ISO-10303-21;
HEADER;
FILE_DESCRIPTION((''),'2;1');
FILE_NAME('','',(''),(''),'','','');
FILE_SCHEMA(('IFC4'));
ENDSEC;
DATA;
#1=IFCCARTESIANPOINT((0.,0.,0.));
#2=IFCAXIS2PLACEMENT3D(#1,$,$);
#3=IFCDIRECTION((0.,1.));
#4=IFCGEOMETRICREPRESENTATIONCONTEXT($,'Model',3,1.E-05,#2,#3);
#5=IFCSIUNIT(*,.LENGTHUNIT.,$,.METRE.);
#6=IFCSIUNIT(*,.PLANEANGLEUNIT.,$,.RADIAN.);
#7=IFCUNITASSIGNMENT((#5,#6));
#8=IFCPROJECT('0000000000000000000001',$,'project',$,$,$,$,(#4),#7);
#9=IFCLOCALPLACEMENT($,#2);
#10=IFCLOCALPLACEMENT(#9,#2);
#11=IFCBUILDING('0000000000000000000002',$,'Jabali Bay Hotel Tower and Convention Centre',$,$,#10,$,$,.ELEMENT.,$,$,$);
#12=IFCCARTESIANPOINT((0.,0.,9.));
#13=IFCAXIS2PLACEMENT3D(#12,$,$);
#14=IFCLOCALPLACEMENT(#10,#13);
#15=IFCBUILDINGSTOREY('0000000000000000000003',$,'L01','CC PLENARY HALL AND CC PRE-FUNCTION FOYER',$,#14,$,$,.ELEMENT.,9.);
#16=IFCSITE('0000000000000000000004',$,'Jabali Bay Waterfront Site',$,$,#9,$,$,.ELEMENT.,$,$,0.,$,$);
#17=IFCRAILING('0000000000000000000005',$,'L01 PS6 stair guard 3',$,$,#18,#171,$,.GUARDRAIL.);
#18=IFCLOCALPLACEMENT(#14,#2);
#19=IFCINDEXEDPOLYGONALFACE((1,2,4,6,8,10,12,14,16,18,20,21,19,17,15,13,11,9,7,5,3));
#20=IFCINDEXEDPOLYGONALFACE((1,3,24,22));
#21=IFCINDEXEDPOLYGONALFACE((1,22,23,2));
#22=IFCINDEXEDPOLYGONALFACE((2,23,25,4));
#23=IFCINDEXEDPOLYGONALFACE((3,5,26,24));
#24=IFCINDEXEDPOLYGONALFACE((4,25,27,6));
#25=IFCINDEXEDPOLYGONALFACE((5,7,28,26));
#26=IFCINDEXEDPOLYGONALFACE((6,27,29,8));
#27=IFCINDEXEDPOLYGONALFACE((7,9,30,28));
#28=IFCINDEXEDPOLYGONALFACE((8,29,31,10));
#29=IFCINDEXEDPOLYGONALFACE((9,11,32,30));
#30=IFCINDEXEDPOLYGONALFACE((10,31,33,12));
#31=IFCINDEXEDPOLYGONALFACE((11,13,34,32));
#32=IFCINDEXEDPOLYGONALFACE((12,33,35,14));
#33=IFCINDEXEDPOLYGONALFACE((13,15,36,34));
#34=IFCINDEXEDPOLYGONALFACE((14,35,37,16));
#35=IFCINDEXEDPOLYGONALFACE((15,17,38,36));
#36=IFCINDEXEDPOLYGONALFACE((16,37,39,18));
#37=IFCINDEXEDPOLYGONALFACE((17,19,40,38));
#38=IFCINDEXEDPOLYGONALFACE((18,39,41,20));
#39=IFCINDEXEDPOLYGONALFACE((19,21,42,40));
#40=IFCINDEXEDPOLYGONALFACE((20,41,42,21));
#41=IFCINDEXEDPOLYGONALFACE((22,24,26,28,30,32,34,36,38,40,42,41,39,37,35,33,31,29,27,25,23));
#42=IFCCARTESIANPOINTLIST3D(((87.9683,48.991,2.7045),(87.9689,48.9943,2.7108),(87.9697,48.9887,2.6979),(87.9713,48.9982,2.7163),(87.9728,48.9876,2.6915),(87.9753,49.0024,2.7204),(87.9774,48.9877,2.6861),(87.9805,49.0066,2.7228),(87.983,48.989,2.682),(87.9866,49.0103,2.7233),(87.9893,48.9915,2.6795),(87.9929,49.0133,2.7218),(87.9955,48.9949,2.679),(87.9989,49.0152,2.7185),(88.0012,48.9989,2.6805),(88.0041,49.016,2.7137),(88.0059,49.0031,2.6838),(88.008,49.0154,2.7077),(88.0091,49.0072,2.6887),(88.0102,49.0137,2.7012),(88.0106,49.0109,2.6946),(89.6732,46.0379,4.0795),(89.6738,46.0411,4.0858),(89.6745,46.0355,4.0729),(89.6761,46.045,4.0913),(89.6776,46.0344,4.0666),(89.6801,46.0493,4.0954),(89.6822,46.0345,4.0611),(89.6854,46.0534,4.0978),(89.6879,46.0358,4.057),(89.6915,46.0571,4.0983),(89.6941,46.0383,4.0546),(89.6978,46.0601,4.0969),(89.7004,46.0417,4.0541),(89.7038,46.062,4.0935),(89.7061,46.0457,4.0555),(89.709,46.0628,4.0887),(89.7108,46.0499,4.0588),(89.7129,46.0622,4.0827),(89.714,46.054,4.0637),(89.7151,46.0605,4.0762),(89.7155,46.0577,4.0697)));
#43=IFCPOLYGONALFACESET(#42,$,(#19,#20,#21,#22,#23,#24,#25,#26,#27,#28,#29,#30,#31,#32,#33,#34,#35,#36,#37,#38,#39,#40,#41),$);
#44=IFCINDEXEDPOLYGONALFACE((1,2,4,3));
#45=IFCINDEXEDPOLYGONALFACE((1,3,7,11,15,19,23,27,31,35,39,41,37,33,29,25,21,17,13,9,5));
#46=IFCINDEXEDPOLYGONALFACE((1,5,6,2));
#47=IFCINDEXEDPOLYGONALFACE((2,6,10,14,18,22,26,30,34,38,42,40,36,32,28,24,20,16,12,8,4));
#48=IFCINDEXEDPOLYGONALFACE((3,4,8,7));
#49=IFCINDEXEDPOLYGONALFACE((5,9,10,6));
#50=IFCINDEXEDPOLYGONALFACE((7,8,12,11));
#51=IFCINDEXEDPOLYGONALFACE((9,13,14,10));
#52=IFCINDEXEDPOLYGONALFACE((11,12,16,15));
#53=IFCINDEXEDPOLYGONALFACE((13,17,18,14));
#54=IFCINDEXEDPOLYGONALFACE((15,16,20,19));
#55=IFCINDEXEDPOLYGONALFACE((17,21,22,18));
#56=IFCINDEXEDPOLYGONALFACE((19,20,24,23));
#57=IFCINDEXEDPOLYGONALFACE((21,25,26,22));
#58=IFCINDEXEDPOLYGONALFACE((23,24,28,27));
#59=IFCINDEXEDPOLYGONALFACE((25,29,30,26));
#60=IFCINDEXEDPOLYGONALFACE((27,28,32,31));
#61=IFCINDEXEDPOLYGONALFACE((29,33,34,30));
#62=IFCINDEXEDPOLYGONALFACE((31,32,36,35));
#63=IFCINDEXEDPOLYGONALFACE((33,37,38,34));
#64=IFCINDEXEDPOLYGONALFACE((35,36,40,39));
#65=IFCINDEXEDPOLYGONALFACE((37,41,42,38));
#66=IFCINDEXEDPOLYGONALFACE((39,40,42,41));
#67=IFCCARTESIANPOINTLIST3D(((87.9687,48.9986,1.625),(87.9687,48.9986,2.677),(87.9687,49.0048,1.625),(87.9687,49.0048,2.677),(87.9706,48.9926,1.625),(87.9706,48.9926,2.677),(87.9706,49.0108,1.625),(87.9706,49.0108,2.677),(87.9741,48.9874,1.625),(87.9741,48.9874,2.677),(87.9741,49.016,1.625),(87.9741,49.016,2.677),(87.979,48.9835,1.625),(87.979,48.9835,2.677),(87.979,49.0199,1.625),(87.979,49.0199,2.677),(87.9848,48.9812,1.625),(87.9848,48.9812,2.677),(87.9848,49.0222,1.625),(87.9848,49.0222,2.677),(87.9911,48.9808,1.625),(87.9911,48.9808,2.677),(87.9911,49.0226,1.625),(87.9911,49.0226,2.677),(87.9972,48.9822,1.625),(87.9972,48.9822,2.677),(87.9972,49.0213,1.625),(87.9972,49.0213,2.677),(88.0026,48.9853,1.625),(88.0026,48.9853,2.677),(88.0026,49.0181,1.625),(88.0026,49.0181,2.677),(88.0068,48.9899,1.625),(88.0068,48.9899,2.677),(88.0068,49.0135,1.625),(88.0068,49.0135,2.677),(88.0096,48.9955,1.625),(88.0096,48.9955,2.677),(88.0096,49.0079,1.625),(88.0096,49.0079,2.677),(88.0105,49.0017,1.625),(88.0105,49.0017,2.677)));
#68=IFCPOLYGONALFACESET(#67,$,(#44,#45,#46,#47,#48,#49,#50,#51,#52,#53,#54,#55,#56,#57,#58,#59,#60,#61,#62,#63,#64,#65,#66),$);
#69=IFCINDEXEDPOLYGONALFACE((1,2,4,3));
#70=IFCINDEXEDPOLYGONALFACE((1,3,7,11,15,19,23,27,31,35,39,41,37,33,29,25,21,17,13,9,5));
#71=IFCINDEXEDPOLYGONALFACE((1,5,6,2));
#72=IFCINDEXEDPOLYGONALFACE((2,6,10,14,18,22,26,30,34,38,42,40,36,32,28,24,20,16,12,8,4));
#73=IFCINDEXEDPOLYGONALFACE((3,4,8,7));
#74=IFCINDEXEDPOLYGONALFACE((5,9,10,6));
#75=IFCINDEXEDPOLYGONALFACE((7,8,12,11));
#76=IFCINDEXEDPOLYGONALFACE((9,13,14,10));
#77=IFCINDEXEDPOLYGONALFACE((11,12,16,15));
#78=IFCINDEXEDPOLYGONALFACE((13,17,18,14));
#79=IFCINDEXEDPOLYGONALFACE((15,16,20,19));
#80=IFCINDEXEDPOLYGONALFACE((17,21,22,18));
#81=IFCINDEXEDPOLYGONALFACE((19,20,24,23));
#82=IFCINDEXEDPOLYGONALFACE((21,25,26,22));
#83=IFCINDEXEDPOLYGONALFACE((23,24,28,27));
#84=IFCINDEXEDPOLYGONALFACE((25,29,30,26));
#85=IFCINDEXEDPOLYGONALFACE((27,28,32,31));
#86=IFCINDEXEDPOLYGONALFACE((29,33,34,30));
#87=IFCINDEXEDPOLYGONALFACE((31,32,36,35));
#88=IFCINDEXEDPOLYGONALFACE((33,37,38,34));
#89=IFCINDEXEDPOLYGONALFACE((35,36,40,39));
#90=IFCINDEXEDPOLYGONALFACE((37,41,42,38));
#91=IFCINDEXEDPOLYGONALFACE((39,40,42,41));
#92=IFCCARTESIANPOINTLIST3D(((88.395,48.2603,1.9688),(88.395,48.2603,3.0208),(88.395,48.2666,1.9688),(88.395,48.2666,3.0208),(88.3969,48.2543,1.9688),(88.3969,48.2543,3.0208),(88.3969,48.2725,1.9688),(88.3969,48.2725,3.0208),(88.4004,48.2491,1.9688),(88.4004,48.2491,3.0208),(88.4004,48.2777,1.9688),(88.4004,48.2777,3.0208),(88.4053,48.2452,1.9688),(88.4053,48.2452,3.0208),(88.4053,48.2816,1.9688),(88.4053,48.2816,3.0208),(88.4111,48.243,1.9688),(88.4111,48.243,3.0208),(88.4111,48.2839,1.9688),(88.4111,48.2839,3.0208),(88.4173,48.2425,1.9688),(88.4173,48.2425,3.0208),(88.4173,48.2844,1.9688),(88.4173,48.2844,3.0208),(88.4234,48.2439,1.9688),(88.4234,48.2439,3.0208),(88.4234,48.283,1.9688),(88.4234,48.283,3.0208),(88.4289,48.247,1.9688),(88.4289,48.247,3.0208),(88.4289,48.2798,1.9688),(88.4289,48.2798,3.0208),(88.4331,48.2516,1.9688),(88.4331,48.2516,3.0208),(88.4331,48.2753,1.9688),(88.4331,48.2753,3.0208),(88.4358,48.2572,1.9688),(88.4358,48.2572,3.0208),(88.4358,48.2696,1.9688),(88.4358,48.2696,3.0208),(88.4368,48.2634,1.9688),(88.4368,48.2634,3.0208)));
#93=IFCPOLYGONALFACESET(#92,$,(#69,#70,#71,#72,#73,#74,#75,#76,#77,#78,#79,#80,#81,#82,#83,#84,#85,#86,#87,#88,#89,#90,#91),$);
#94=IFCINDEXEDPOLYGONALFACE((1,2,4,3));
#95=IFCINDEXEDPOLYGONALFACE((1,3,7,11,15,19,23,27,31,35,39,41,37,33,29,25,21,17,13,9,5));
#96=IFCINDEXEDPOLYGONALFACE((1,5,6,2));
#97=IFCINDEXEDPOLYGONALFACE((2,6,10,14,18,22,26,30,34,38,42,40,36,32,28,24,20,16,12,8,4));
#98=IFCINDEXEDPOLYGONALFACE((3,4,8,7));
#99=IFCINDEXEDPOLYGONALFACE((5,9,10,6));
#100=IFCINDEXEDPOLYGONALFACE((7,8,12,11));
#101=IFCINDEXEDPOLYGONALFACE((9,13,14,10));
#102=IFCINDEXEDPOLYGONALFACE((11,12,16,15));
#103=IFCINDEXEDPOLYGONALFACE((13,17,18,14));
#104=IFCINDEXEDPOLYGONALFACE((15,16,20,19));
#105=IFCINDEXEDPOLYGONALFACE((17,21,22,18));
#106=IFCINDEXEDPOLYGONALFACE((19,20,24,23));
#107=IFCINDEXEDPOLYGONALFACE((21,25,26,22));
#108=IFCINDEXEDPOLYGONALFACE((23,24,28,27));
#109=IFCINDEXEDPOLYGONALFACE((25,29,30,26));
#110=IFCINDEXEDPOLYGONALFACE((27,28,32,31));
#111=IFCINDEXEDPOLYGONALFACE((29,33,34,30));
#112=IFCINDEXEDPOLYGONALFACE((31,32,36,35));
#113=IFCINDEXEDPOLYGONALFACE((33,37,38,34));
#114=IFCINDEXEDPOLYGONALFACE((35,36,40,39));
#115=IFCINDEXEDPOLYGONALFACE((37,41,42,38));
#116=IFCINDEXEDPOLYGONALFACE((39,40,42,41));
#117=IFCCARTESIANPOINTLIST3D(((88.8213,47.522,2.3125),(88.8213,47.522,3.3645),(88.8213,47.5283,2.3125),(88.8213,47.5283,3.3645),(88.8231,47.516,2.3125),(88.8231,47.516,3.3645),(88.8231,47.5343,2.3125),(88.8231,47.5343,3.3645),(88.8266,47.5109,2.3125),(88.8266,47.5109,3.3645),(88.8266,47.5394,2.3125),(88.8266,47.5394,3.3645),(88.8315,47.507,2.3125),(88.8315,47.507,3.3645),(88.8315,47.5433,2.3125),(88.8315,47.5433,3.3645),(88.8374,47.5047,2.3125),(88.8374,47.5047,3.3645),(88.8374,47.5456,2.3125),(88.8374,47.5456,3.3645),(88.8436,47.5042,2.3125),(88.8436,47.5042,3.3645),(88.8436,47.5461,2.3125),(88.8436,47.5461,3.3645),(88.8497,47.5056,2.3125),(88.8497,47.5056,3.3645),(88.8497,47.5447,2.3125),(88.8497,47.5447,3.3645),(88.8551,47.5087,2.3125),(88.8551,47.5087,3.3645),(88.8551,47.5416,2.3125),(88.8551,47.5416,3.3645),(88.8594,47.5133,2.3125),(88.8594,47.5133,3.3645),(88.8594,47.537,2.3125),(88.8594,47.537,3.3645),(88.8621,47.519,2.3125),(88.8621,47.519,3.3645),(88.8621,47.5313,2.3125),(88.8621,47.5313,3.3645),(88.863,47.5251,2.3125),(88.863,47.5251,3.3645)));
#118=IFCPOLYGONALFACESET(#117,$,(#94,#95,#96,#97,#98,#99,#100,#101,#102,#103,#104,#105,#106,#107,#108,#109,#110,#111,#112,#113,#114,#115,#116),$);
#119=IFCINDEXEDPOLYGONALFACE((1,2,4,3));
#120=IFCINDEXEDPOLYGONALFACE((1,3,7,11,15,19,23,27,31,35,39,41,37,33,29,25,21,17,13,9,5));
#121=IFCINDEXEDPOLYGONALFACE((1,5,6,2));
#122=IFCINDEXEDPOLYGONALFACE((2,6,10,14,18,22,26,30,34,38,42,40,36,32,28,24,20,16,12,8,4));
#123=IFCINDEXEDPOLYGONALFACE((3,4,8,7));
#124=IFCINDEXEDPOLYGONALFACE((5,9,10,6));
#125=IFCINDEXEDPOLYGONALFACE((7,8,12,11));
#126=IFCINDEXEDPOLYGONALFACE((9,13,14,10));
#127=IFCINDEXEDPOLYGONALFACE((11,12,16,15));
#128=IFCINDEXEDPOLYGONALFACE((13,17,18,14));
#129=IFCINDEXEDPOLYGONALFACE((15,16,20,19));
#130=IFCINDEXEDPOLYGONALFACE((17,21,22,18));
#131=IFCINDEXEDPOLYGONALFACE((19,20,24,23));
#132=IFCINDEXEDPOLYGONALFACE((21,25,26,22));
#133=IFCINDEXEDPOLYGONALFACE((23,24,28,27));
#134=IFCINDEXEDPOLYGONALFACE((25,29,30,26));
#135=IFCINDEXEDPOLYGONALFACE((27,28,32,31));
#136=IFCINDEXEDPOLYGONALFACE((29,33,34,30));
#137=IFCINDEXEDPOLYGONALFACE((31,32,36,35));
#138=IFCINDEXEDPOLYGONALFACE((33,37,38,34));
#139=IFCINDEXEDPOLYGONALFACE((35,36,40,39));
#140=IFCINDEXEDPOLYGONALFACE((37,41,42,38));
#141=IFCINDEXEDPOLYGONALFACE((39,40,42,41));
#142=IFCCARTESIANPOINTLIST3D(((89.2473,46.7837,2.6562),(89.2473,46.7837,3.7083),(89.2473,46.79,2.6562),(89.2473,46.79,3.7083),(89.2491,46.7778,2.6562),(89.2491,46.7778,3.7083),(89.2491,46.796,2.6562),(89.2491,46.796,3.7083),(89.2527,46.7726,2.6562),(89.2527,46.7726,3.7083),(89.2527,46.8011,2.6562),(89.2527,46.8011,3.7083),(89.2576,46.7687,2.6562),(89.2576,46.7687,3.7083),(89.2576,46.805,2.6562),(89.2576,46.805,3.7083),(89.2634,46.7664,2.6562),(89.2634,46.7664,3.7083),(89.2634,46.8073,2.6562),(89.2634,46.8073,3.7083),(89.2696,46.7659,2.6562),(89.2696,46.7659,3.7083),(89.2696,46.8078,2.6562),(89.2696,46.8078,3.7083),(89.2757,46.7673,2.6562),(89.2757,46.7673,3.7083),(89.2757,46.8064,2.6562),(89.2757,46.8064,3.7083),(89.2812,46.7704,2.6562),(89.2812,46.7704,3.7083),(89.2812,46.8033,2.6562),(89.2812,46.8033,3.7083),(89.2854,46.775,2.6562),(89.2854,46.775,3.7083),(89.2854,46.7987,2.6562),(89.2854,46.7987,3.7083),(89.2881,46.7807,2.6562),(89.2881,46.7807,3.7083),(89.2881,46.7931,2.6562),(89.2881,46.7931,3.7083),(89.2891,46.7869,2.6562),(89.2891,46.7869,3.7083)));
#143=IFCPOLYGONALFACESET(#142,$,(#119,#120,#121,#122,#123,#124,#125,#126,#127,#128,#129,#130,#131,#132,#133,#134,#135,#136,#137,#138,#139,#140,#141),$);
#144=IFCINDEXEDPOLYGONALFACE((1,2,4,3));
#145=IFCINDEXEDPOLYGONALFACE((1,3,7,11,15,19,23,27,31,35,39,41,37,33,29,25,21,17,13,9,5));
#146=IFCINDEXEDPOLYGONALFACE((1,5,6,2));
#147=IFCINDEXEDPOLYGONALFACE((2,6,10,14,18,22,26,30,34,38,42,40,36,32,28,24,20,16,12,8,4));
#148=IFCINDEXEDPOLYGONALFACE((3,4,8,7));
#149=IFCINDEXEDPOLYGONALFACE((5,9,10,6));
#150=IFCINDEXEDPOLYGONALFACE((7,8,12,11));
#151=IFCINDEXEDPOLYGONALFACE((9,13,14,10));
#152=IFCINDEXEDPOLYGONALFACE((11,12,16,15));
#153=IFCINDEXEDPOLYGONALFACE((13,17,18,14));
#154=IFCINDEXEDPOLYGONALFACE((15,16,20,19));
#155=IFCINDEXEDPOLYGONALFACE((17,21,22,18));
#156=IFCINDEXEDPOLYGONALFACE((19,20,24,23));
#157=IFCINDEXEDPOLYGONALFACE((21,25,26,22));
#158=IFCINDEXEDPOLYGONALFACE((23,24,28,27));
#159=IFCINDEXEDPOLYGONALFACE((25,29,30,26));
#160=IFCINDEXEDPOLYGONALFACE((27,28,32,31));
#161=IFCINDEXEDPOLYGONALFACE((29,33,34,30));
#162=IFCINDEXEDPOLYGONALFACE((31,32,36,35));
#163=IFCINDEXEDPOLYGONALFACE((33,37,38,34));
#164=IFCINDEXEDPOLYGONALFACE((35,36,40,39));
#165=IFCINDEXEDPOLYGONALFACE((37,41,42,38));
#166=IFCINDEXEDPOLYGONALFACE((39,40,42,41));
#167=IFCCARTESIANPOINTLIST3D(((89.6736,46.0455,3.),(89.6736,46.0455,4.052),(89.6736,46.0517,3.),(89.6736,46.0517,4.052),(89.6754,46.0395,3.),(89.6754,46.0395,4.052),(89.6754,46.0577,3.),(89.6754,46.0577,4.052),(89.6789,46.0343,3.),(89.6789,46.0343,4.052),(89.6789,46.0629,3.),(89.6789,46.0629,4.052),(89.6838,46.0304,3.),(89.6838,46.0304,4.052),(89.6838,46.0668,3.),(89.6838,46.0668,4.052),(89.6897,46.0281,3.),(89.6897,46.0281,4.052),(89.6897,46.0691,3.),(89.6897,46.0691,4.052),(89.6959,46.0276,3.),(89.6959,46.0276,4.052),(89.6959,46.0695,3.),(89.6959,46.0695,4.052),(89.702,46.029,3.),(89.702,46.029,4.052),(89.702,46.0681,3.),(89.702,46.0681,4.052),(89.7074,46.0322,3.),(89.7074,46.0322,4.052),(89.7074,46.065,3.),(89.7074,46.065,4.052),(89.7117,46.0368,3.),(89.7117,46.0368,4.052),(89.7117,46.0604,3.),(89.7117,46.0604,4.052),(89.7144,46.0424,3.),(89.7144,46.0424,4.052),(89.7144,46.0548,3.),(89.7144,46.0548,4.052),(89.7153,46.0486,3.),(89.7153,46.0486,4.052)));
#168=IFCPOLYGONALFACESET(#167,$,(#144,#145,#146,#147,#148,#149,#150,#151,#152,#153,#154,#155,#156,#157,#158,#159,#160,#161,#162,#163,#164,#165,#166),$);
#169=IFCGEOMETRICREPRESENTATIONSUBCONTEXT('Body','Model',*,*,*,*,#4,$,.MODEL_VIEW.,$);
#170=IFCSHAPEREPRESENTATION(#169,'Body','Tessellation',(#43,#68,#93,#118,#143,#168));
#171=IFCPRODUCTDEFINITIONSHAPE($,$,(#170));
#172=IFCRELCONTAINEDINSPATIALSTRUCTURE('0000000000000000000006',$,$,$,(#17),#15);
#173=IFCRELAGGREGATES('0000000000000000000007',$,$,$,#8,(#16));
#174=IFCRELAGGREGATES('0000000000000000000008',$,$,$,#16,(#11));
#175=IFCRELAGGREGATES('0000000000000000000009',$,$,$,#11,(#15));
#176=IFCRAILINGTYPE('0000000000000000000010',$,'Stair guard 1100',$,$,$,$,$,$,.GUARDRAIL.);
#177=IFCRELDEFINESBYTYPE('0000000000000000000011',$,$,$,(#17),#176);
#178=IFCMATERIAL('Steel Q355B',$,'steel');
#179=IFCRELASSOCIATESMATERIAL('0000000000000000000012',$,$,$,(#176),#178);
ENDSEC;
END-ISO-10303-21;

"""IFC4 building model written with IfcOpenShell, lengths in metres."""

from ifc_helpers import new_model, si_unit, direction, frame, origin, origin_2d, place, context, subcontext, project, spatial, circle, extrude, material, type_object, element, save


model = new_model("IFC4")

# Units and contexts
model_context = context("Model", 3, precision=1e-05, world=origin(), true_north=direction((0.0, 1.0)))
body_context = subcontext(model_context, "Body", "Model", "MODEL_VIEW")
ifc_project = project(units=[si_unit("LENGTHUNIT", "METRE"), si_unit("PLANEANGLEUNIT", "RADIAN")], contexts=[model_context])

# Site, building, storey
site_placement = place(None, origin())
site = spatial("IfcSite", under=ifc_project, at=site_placement, Name="Jabali Bay Waterfront Site", CompositionType="ELEMENT", RefElevation=0.0)
building_placement = place(site_placement, origin())
building = spatial("IfcBuilding", under=site, at=building_placement, Name="Jabali Bay Hotel Tower and Convention Centre", CompositionType="ELEMENT")
storey_placement = place(building_placement, frame((0.0, 0.0, 9.0)))
storey = spatial("IfcBuildingStorey", under=building, at=storey_placement, Name="L01", Description="CC PLENARY HALL AND CC PRE-FUNCTION FOYER", CompositionType="ELEMENT", Elevation=9.0)

# Railing
ifc_material_1 = material(Name="Steel Q355B", Category="steel")
railing_type_1 = type_object("IfcRailingType", Name="Stair guard 1100", PredefinedType="GUARDRAIL", material=ifc_material_1)
railing_1_placement = place(storey_placement, frame((87.9895, 49.0017, 1.625)))
element("IfcRailing", 1, at=railing_1_placement, inside=storey, type_object=railing_type_1, Name="L01 PS6 stair guard 3", PredefinedType="GUARDRAIL", context=body_context, shape_type="SweptSolid", body=[
    extrude(circle(Radius=0.0239, at=origin_2d()), frame((0.0, 0.0, 1.0762), z_axis=(0.463687, -0.803203, 0.373978), x_axis=(0.866045, 0.499966, 0.0)), (0.0, 0.0, 1.0), 3.6768),
    extrude(circle(Radius=0.021, at=origin_2d()), origin(), (0.0, 0.0, 1.0), 1.052),
    extrude(circle(Radius=0.021, at=origin_2d()), frame((0.4263, -0.7383, 0.3438)), (0.0, 0.0, 1.0), 1.052),
    extrude(circle(Radius=0.021, at=origin_2d()), frame((0.8525, -1.4766, 0.6875)), (0.0, 0.0, 1.0), 1.052),
    extrude(circle(Radius=0.021, at=origin_2d()), frame((1.2786, -2.2148, 1.0312)), (0.0, 0.0, 1.0), 1.052),
    extrude(circle(Radius=0.021, at=origin_2d()), frame((1.7048, -2.9531, 1.375)), (0.0, 0.0, 1.0), 1.052),
])

save(model, "model.ifc")
